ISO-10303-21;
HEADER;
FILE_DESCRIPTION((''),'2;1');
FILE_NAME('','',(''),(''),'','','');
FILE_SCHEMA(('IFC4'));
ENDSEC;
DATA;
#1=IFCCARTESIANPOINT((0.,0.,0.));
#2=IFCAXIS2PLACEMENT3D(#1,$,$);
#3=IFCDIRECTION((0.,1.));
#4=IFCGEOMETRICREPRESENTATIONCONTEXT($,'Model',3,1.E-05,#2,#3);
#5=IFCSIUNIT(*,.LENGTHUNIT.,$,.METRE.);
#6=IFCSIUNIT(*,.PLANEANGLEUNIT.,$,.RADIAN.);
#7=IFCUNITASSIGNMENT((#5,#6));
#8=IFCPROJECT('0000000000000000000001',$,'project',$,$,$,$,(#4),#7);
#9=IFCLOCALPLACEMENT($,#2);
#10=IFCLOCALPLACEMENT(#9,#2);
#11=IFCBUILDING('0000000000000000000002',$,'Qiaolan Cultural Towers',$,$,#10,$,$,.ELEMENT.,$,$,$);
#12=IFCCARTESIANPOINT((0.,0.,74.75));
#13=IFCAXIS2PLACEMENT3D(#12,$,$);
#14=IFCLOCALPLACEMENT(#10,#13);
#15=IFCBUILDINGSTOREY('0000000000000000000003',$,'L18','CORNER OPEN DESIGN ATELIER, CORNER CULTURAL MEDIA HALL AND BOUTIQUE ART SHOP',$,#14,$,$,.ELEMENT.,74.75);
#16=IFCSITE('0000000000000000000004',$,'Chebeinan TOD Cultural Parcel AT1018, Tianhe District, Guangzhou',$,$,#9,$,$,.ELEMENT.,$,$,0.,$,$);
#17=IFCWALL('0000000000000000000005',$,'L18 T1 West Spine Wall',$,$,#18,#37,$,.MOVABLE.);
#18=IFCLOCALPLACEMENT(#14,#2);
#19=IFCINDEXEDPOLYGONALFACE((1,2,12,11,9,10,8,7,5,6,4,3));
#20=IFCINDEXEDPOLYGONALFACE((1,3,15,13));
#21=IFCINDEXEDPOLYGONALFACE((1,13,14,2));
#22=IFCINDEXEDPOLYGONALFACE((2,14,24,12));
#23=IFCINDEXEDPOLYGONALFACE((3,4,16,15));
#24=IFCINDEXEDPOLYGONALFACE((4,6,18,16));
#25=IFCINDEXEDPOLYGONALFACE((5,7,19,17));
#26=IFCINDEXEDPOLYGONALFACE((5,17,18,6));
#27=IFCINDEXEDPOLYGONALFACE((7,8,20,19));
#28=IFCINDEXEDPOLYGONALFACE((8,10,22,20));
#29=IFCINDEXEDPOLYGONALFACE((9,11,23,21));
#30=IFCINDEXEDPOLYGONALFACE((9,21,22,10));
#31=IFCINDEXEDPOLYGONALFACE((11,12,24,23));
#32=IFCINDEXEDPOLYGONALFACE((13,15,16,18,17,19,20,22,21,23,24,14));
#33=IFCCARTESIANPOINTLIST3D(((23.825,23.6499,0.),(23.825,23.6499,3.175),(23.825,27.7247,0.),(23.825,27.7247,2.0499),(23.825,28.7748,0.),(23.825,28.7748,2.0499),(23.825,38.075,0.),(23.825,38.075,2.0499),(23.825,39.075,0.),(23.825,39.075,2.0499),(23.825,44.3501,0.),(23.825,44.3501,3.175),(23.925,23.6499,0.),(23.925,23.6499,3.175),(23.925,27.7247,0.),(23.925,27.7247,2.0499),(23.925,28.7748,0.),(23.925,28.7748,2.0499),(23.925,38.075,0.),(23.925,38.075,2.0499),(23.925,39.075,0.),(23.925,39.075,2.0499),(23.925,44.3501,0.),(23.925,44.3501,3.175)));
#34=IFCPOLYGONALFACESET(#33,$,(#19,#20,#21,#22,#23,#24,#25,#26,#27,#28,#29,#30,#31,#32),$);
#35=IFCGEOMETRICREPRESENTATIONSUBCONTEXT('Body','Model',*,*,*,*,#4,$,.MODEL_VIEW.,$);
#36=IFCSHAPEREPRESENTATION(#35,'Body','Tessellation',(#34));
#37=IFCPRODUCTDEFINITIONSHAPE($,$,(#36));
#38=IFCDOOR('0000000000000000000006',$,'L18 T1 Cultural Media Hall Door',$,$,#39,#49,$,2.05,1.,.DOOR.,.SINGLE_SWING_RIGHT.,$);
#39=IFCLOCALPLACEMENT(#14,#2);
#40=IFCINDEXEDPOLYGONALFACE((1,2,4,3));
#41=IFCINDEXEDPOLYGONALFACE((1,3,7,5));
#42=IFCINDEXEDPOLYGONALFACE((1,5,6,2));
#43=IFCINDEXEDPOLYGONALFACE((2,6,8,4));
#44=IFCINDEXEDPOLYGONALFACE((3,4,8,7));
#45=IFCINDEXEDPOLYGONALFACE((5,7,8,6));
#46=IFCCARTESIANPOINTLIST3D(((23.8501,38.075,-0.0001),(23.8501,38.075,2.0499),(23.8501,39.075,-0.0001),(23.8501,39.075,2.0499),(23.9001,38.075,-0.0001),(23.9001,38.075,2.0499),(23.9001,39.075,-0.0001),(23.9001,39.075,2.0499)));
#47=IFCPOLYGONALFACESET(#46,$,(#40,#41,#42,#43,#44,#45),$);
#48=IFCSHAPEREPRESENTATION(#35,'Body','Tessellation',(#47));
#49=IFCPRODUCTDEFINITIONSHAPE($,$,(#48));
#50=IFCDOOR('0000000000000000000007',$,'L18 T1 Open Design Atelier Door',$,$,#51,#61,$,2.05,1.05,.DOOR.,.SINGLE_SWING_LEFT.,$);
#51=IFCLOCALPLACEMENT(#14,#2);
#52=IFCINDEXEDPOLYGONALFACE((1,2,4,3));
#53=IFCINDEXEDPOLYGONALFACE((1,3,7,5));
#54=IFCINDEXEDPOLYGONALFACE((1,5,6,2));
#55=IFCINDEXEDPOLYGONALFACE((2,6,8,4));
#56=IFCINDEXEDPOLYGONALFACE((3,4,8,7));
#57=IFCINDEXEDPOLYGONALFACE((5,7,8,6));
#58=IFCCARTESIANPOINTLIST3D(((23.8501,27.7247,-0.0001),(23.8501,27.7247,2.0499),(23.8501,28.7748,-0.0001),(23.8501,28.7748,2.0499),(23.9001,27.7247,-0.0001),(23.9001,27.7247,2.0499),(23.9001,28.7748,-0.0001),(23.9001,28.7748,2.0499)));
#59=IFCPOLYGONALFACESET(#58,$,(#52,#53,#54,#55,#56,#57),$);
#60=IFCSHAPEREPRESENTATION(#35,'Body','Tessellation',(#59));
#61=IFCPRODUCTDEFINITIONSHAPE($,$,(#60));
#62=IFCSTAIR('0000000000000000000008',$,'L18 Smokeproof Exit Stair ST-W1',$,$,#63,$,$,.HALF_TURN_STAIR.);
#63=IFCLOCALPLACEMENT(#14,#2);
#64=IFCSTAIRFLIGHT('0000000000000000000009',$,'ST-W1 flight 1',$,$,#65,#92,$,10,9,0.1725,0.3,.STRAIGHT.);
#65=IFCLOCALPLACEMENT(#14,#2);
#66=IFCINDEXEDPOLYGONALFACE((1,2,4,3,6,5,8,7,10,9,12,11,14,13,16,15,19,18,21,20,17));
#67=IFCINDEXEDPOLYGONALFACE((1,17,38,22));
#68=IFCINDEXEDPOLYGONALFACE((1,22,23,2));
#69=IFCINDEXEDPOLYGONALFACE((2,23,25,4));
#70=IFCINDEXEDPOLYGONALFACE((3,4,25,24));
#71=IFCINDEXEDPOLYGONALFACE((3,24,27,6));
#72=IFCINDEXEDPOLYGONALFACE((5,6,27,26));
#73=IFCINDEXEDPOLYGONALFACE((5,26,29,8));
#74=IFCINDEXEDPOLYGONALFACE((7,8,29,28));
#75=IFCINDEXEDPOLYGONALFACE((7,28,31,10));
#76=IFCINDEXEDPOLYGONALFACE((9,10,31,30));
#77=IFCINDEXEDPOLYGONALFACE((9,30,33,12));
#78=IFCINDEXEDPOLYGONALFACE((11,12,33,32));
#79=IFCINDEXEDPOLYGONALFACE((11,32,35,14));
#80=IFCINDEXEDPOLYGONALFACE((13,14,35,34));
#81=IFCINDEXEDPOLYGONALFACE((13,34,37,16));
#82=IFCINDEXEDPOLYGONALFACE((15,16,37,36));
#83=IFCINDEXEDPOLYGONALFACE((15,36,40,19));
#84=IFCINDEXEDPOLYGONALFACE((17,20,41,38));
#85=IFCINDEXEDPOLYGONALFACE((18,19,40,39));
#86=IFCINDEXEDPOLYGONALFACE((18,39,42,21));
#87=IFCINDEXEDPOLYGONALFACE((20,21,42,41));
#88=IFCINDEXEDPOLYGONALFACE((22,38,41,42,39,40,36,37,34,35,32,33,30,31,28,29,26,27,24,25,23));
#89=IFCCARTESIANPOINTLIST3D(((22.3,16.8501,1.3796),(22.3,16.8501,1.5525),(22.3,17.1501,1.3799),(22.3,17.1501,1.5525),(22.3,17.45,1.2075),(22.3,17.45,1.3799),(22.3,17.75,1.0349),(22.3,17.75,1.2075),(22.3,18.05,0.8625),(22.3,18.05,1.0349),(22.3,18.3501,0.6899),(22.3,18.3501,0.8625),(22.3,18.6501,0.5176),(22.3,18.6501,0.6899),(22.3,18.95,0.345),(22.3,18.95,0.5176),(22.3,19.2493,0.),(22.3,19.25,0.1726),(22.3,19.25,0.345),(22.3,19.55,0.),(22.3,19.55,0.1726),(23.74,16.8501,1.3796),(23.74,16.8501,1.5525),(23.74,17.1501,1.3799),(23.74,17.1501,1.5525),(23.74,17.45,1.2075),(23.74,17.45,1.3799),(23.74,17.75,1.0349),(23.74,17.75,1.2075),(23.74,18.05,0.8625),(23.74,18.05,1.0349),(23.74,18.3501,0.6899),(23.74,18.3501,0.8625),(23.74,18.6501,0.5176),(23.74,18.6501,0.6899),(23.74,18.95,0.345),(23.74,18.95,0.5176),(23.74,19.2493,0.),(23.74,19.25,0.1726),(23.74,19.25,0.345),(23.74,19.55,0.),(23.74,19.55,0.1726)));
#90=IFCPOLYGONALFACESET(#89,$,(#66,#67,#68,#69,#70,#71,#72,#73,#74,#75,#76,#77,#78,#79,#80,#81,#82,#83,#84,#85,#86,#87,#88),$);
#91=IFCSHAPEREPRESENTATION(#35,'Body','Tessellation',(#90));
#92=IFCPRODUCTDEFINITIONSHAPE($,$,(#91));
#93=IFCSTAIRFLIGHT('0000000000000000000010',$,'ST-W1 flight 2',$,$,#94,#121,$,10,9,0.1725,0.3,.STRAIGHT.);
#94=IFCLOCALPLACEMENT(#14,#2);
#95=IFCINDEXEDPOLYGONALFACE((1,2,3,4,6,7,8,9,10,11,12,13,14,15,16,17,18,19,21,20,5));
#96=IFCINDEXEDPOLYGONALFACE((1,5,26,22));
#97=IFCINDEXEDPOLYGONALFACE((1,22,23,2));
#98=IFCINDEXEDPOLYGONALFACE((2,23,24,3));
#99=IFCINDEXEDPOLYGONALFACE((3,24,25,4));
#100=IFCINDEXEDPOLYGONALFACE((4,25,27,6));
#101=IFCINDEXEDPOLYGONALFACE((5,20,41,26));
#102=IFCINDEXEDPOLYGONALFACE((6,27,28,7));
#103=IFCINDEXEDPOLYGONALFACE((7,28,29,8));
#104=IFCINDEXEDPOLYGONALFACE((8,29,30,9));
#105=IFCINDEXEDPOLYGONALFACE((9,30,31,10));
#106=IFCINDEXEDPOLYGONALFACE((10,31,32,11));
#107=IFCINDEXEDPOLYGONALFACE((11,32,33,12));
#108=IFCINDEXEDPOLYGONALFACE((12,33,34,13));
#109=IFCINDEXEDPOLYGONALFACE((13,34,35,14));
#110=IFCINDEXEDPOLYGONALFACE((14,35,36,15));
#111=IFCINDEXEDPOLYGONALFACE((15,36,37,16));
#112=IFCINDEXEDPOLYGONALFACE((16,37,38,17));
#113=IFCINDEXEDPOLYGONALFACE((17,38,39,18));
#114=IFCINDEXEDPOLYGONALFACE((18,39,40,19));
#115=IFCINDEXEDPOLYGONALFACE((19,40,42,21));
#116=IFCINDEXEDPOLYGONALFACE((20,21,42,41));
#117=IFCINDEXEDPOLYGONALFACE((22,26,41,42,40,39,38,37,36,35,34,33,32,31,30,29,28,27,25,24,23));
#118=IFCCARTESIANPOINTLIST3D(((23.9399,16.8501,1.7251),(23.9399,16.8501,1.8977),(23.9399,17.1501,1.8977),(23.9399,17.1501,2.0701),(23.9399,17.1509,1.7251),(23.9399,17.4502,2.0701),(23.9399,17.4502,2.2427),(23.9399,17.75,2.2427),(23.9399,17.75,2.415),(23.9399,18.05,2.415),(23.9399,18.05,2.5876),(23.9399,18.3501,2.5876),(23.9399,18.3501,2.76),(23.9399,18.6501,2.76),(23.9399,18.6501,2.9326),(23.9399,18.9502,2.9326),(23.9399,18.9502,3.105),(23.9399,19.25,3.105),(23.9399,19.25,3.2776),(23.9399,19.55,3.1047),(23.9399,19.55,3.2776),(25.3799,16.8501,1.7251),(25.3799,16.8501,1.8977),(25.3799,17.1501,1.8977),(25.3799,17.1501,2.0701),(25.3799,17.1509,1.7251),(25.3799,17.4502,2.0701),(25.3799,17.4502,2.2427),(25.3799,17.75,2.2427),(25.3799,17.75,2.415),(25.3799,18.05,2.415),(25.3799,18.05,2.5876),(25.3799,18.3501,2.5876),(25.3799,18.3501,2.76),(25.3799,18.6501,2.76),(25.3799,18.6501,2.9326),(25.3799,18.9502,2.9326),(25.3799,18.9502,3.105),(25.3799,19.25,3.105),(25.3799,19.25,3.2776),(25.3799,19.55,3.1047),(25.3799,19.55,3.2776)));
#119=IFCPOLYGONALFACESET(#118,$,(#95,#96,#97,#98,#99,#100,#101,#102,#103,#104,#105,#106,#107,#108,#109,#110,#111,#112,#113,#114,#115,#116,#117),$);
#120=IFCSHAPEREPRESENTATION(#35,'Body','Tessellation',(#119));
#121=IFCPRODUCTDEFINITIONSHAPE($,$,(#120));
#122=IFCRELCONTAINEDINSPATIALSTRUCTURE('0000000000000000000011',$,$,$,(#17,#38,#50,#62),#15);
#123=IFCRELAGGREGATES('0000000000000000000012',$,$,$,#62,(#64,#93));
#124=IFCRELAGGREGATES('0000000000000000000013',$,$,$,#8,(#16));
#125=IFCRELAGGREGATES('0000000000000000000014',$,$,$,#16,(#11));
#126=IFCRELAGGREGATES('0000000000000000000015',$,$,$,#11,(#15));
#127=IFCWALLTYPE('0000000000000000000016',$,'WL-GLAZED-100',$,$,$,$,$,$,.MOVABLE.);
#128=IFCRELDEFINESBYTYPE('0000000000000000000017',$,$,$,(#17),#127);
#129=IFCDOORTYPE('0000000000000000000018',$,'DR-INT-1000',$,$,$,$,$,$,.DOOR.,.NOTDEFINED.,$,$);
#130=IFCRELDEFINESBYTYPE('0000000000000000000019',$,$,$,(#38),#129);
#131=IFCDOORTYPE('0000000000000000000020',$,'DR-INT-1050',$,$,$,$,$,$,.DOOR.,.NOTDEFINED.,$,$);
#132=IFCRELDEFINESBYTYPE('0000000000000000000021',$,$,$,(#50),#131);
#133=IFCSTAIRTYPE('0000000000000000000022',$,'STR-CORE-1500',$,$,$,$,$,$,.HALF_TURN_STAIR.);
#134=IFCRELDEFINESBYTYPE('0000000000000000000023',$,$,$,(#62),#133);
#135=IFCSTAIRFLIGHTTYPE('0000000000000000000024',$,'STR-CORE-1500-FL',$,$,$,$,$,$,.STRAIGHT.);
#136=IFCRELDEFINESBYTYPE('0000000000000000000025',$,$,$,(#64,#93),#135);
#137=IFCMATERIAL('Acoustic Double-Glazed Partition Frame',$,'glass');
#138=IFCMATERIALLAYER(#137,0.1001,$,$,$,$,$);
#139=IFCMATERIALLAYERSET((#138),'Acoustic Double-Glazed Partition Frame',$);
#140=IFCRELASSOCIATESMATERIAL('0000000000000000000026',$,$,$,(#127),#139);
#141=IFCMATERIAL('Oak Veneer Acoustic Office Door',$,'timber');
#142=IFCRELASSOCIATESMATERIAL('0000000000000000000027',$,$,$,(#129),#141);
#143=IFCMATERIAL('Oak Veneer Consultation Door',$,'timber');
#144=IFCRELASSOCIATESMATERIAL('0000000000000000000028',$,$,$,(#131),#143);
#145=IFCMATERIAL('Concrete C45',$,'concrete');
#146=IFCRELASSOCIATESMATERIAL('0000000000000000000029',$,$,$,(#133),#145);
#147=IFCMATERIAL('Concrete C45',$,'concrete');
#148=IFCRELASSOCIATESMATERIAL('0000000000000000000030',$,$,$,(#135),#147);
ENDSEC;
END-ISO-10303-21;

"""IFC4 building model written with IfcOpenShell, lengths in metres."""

from ifc_helpers import new_model, si_unit, direction, frame, frame_2d, origin, place, context, subcontext, project, spatial, polyline, rectangle, outline, extrude, material, layer, layer_set, type_object, element, fill, aggregate, save


model = new_model("IFC4")

# Units and contexts
model_context = context("Model", 3, precision=1e-05, world=origin(), true_north=direction((0.0, 1.0)))
body_context = subcontext(model_context, "Body", "Model", "MODEL_VIEW")
ifc_project = project(units=[si_unit("LENGTHUNIT", "METRE"), si_unit("PLANEANGLEUNIT", "RADIAN")], contexts=[model_context])

# Site, building, storey
site_placement = place(None, origin())
site = spatial("IfcSite", under=ifc_project, at=site_placement, Name="Chebeinan TOD Cultural Parcel AT1018, Tianhe District, Guangzhou", CompositionType="ELEMENT", RefElevation=0.0)
building_placement = place(site_placement, origin())
building = spatial("IfcBuilding", under=site, at=building_placement, Name="Qiaolan Cultural Towers", CompositionType="ELEMENT")
storey_placement = place(building_placement, frame((0.0, 0.0, 74.75)))
storey = spatial("IfcBuildingStorey", under=building, at=storey_placement, Name="L18", Description="CORNER OPEN DESIGN ATELIER, CORNER CULTURAL MEDIA HALL AND BOUTIQUE ART SHOP", CompositionType="ELEMENT", Elevation=74.75)

# Wall, openings, doors
ifc_material_1 = material(Name="Acoustic Double-Glazed Partition Frame", Category="glass")
ifc_layer_1 = layer(ifc_material_1, 0.1001)
ifc_layer_set_1 = layer_set([ifc_layer_1], Name="Acoustic Double-Glazed Partition Frame")
wall_type_1 = type_object("IfcWallType", Name="WL-GLAZED-100", PredefinedType="MOVABLE", material=ifc_layer_set_1)
wall_1_placement = place(storey_placement, frame((23.875, 23.6499, 0.0), z_axis=(0.0, 0.0, 1.0), x_axis=(0.0, 1.0, 0.0)))
wall_1 = element("IfcWall", 1, at=wall_1_placement, inside=storey, type_object=wall_type_1, Name="L18 T1 West Spine Wall", PredefinedType="MOVABLE", context=body_context, shape_type="SweptSolid", body=[
    extrude(rectangle(XDim=20.7002, YDim=0.1001, at=frame_2d((10.3501, 0.0))), origin(), (0.0, 0.0, 1.0), 3.175),
])
opening_1_placement = place(wall_1_placement, frame((4.075, 0.0, 0.0)))
opening_1 = element("IfcOpeningElement", 2, at=opening_1_placement, cuts=wall_1, PredefinedType="OPENING", context=body_context, shape_type="SweptSolid", body=[
    extrude(rectangle(XDim=1.05, YDim=2.05, at=frame_2d((0.5249, 1.0249))), frame((0.0, 0.0601, 0.0), z_axis=(0.0, -1.0, 0.0), x_axis=(1.0, 0.0, 0.0)), (0.0, 0.0, 1.0), 0.1201),
])
opening_2_placement = place(wall_1_placement, frame((14.425, 0.0, 0.0)))
opening_2 = element("IfcOpeningElement", 3, at=opening_2_placement, cuts=wall_1, PredefinedType="OPENING", context=body_context, shape_type="SweptSolid", body=[
    extrude(rectangle(XDim=1.0, YDim=2.05, at=frame_2d((0.5, 1.0249))), frame((0.0, 0.0601, 0.0), z_axis=(0.0, -1.0, 0.0), x_axis=(1.0, 0.0, 0.0)), (0.0, 0.0, 1.0), 0.1201),
])
ifc_material_2 = material(Name="Oak Veneer Acoustic Office Door", Category="timber")
door_type_1 = type_object("IfcDoorType", Name="DR-INT-1000", OperationType="NOTDEFINED", PredefinedType="DOOR", material=ifc_material_2)
door_1_placement = place(opening_2_placement, origin())
door_1 = element("IfcDoor", 4, at=door_1_placement, inside=storey, type_object=door_type_1, Name="L18 T1 Cultural Media Hall Door", OperationType="SINGLE_SWING_RIGHT", OverallHeight=2.05, OverallWidth=1.0, PredefinedType="DOOR", context=body_context, shape_type="SweptSolid", body=[
    extrude(rectangle(XDim=1.0, YDim=2.05, at=frame_2d((0.5, 1.0249))), frame((0.0, 0.0249, 0.0), z_axis=(0.0, -1.0, 0.0), x_axis=(1.0, 0.0, 0.0)), (0.0, 0.0, 1.0), 0.05),
])
fill(opening_2, door_1)
ifc_material_3 = material(Name="Oak Veneer Consultation Door", Category="timber")
door_type_2 = type_object("IfcDoorType", Name="DR-INT-1050", OperationType="NOTDEFINED", PredefinedType="DOOR", material=ifc_material_3)
door_2_placement = place(opening_1_placement, origin())
door_2 = element("IfcDoor", 5, at=door_2_placement, inside=storey, type_object=door_type_2, Name="L18 T1 Open Design Atelier Door", OperationType="SINGLE_SWING_LEFT", OverallHeight=2.05, OverallWidth=1.05, PredefinedType="DOOR", context=body_context, shape_type="SweptSolid", body=[
    extrude(rectangle(XDim=1.05, YDim=2.05, at=frame_2d((0.5249, 1.0249))), frame((0.0, 0.0249, 0.0), z_axis=(0.0, -1.0, 0.0), x_axis=(1.0, 0.0, 0.0)), (0.0, 0.0, 1.0), 0.05),
])
fill(opening_1, door_2)

# Stair, stair flights
ifc_material_4 = material(Name="Concrete C45", Category="concrete")
stair_type = type_object("IfcStairType", Name="STR-CORE-1500", PredefinedType="HALF_TURN_STAIR", material=ifc_material_4)
stair_placement = place(storey_placement, origin())
stair = element("IfcStair", 6, at=stair_placement, inside=storey, type_object=stair_type, Name="L18 Smokeproof Exit Stair ST-W1", PredefinedType="HALF_TURN_STAIR")
ifc_material_5 = material(Name="Concrete C45", Category="concrete")
stair_flight_type = type_object("IfcStairFlightType", Name="STR-CORE-1500-FL", PredefinedType="STRAIGHT", material=ifc_material_5)
stair_flight_1_placement = place(storey_placement, frame((23.02, 19.55, 0.0), z_axis=(0.0, 0.0, 1.0), x_axis=(0.0, -1.0, 0.0)))
stair_flight_1 = element("IfcStairFlight", 7, at=stair_flight_1_placement, type_object=stair_flight_type, Name="ST-W1 flight 1", NumberOfRisers=10, NumberOfTreads=9, PredefinedType="STRAIGHT", RiserHeight=0.1725, TreadLength=0.3, context=body_context, shape_type="SweptSolid", body=[
    extrude(outline(polyline([(0.0, 0.0), (0.0, 0.1726), (0.3, 0.1726), (0.3, 0.345), (0.6001, 0.345), (0.6001, 0.5176), (0.8999, 0.5176), (0.8999, 0.6899), (1.2, 0.6899), (1.2, 0.8625), (1.5, 0.8625), (1.5, 1.0349), (1.8, 1.0349), (1.8, 1.2075), (2.1001, 1.2075), (2.1001, 1.3799), (2.3999, 1.3799), (2.3999, 1.5525), (2.7, 1.5525), (2.7, 1.7251), (2.7, 1.3796), (0.3008, 0.0), (0.0, 0.0)])), frame((0.0, 0.72, 0.0), z_axis=(0.0, -1.0, 0.0), x_axis=(1.0, 0.0, 0.0)), (0.0, 0.0, 1.0), 1.4399),
])
stair_flight_2_placement = place(storey_placement, frame((24.6599, 16.8501, 1.7251), z_axis=(0.0, 0.0, 1.0), x_axis=(0.0, 1.0, 0.0)))
stair_flight_2 = element("IfcStairFlight", 8, at=stair_flight_2_placement, type_object=stair_flight_type, Name="ST-W1 flight 2", NumberOfRisers=10, NumberOfTreads=9, PredefinedType="STRAIGHT", RiserHeight=0.1725, TreadLength=0.3, context=body_context, shape_type="SweptSolid", body=[
    extrude(outline(polyline([(0.0, 0.0), (0.0, 0.1726), (0.3, 0.1726), (0.3, 0.345), (0.6001, 0.345), (0.6001, 0.5176), (0.8999, 0.5176), (0.8999, 0.6899), (1.2, 0.6899), (1.2, 0.8625), (1.5, 0.8625), (1.5, 1.0349), (1.8, 1.0349), (1.8, 1.2075), (2.1001, 1.2075), (2.1001, 1.3799), (2.3999, 1.3799), (2.3999, 1.5525), (2.7, 1.5525), (2.7, 1.7251), (2.7, 1.3796), (0.3008, 0.0), (0.0, 0.0)])), frame((0.0, 0.72, 0.0), z_axis=(0.0, -1.0, 0.0), x_axis=(1.0, 0.0, 0.0)), (0.0, 0.0, 1.0), 1.4399),
])
aggregate(stair, [stair_flight_1, stair_flight_2])

save(model, "model.ifc")
